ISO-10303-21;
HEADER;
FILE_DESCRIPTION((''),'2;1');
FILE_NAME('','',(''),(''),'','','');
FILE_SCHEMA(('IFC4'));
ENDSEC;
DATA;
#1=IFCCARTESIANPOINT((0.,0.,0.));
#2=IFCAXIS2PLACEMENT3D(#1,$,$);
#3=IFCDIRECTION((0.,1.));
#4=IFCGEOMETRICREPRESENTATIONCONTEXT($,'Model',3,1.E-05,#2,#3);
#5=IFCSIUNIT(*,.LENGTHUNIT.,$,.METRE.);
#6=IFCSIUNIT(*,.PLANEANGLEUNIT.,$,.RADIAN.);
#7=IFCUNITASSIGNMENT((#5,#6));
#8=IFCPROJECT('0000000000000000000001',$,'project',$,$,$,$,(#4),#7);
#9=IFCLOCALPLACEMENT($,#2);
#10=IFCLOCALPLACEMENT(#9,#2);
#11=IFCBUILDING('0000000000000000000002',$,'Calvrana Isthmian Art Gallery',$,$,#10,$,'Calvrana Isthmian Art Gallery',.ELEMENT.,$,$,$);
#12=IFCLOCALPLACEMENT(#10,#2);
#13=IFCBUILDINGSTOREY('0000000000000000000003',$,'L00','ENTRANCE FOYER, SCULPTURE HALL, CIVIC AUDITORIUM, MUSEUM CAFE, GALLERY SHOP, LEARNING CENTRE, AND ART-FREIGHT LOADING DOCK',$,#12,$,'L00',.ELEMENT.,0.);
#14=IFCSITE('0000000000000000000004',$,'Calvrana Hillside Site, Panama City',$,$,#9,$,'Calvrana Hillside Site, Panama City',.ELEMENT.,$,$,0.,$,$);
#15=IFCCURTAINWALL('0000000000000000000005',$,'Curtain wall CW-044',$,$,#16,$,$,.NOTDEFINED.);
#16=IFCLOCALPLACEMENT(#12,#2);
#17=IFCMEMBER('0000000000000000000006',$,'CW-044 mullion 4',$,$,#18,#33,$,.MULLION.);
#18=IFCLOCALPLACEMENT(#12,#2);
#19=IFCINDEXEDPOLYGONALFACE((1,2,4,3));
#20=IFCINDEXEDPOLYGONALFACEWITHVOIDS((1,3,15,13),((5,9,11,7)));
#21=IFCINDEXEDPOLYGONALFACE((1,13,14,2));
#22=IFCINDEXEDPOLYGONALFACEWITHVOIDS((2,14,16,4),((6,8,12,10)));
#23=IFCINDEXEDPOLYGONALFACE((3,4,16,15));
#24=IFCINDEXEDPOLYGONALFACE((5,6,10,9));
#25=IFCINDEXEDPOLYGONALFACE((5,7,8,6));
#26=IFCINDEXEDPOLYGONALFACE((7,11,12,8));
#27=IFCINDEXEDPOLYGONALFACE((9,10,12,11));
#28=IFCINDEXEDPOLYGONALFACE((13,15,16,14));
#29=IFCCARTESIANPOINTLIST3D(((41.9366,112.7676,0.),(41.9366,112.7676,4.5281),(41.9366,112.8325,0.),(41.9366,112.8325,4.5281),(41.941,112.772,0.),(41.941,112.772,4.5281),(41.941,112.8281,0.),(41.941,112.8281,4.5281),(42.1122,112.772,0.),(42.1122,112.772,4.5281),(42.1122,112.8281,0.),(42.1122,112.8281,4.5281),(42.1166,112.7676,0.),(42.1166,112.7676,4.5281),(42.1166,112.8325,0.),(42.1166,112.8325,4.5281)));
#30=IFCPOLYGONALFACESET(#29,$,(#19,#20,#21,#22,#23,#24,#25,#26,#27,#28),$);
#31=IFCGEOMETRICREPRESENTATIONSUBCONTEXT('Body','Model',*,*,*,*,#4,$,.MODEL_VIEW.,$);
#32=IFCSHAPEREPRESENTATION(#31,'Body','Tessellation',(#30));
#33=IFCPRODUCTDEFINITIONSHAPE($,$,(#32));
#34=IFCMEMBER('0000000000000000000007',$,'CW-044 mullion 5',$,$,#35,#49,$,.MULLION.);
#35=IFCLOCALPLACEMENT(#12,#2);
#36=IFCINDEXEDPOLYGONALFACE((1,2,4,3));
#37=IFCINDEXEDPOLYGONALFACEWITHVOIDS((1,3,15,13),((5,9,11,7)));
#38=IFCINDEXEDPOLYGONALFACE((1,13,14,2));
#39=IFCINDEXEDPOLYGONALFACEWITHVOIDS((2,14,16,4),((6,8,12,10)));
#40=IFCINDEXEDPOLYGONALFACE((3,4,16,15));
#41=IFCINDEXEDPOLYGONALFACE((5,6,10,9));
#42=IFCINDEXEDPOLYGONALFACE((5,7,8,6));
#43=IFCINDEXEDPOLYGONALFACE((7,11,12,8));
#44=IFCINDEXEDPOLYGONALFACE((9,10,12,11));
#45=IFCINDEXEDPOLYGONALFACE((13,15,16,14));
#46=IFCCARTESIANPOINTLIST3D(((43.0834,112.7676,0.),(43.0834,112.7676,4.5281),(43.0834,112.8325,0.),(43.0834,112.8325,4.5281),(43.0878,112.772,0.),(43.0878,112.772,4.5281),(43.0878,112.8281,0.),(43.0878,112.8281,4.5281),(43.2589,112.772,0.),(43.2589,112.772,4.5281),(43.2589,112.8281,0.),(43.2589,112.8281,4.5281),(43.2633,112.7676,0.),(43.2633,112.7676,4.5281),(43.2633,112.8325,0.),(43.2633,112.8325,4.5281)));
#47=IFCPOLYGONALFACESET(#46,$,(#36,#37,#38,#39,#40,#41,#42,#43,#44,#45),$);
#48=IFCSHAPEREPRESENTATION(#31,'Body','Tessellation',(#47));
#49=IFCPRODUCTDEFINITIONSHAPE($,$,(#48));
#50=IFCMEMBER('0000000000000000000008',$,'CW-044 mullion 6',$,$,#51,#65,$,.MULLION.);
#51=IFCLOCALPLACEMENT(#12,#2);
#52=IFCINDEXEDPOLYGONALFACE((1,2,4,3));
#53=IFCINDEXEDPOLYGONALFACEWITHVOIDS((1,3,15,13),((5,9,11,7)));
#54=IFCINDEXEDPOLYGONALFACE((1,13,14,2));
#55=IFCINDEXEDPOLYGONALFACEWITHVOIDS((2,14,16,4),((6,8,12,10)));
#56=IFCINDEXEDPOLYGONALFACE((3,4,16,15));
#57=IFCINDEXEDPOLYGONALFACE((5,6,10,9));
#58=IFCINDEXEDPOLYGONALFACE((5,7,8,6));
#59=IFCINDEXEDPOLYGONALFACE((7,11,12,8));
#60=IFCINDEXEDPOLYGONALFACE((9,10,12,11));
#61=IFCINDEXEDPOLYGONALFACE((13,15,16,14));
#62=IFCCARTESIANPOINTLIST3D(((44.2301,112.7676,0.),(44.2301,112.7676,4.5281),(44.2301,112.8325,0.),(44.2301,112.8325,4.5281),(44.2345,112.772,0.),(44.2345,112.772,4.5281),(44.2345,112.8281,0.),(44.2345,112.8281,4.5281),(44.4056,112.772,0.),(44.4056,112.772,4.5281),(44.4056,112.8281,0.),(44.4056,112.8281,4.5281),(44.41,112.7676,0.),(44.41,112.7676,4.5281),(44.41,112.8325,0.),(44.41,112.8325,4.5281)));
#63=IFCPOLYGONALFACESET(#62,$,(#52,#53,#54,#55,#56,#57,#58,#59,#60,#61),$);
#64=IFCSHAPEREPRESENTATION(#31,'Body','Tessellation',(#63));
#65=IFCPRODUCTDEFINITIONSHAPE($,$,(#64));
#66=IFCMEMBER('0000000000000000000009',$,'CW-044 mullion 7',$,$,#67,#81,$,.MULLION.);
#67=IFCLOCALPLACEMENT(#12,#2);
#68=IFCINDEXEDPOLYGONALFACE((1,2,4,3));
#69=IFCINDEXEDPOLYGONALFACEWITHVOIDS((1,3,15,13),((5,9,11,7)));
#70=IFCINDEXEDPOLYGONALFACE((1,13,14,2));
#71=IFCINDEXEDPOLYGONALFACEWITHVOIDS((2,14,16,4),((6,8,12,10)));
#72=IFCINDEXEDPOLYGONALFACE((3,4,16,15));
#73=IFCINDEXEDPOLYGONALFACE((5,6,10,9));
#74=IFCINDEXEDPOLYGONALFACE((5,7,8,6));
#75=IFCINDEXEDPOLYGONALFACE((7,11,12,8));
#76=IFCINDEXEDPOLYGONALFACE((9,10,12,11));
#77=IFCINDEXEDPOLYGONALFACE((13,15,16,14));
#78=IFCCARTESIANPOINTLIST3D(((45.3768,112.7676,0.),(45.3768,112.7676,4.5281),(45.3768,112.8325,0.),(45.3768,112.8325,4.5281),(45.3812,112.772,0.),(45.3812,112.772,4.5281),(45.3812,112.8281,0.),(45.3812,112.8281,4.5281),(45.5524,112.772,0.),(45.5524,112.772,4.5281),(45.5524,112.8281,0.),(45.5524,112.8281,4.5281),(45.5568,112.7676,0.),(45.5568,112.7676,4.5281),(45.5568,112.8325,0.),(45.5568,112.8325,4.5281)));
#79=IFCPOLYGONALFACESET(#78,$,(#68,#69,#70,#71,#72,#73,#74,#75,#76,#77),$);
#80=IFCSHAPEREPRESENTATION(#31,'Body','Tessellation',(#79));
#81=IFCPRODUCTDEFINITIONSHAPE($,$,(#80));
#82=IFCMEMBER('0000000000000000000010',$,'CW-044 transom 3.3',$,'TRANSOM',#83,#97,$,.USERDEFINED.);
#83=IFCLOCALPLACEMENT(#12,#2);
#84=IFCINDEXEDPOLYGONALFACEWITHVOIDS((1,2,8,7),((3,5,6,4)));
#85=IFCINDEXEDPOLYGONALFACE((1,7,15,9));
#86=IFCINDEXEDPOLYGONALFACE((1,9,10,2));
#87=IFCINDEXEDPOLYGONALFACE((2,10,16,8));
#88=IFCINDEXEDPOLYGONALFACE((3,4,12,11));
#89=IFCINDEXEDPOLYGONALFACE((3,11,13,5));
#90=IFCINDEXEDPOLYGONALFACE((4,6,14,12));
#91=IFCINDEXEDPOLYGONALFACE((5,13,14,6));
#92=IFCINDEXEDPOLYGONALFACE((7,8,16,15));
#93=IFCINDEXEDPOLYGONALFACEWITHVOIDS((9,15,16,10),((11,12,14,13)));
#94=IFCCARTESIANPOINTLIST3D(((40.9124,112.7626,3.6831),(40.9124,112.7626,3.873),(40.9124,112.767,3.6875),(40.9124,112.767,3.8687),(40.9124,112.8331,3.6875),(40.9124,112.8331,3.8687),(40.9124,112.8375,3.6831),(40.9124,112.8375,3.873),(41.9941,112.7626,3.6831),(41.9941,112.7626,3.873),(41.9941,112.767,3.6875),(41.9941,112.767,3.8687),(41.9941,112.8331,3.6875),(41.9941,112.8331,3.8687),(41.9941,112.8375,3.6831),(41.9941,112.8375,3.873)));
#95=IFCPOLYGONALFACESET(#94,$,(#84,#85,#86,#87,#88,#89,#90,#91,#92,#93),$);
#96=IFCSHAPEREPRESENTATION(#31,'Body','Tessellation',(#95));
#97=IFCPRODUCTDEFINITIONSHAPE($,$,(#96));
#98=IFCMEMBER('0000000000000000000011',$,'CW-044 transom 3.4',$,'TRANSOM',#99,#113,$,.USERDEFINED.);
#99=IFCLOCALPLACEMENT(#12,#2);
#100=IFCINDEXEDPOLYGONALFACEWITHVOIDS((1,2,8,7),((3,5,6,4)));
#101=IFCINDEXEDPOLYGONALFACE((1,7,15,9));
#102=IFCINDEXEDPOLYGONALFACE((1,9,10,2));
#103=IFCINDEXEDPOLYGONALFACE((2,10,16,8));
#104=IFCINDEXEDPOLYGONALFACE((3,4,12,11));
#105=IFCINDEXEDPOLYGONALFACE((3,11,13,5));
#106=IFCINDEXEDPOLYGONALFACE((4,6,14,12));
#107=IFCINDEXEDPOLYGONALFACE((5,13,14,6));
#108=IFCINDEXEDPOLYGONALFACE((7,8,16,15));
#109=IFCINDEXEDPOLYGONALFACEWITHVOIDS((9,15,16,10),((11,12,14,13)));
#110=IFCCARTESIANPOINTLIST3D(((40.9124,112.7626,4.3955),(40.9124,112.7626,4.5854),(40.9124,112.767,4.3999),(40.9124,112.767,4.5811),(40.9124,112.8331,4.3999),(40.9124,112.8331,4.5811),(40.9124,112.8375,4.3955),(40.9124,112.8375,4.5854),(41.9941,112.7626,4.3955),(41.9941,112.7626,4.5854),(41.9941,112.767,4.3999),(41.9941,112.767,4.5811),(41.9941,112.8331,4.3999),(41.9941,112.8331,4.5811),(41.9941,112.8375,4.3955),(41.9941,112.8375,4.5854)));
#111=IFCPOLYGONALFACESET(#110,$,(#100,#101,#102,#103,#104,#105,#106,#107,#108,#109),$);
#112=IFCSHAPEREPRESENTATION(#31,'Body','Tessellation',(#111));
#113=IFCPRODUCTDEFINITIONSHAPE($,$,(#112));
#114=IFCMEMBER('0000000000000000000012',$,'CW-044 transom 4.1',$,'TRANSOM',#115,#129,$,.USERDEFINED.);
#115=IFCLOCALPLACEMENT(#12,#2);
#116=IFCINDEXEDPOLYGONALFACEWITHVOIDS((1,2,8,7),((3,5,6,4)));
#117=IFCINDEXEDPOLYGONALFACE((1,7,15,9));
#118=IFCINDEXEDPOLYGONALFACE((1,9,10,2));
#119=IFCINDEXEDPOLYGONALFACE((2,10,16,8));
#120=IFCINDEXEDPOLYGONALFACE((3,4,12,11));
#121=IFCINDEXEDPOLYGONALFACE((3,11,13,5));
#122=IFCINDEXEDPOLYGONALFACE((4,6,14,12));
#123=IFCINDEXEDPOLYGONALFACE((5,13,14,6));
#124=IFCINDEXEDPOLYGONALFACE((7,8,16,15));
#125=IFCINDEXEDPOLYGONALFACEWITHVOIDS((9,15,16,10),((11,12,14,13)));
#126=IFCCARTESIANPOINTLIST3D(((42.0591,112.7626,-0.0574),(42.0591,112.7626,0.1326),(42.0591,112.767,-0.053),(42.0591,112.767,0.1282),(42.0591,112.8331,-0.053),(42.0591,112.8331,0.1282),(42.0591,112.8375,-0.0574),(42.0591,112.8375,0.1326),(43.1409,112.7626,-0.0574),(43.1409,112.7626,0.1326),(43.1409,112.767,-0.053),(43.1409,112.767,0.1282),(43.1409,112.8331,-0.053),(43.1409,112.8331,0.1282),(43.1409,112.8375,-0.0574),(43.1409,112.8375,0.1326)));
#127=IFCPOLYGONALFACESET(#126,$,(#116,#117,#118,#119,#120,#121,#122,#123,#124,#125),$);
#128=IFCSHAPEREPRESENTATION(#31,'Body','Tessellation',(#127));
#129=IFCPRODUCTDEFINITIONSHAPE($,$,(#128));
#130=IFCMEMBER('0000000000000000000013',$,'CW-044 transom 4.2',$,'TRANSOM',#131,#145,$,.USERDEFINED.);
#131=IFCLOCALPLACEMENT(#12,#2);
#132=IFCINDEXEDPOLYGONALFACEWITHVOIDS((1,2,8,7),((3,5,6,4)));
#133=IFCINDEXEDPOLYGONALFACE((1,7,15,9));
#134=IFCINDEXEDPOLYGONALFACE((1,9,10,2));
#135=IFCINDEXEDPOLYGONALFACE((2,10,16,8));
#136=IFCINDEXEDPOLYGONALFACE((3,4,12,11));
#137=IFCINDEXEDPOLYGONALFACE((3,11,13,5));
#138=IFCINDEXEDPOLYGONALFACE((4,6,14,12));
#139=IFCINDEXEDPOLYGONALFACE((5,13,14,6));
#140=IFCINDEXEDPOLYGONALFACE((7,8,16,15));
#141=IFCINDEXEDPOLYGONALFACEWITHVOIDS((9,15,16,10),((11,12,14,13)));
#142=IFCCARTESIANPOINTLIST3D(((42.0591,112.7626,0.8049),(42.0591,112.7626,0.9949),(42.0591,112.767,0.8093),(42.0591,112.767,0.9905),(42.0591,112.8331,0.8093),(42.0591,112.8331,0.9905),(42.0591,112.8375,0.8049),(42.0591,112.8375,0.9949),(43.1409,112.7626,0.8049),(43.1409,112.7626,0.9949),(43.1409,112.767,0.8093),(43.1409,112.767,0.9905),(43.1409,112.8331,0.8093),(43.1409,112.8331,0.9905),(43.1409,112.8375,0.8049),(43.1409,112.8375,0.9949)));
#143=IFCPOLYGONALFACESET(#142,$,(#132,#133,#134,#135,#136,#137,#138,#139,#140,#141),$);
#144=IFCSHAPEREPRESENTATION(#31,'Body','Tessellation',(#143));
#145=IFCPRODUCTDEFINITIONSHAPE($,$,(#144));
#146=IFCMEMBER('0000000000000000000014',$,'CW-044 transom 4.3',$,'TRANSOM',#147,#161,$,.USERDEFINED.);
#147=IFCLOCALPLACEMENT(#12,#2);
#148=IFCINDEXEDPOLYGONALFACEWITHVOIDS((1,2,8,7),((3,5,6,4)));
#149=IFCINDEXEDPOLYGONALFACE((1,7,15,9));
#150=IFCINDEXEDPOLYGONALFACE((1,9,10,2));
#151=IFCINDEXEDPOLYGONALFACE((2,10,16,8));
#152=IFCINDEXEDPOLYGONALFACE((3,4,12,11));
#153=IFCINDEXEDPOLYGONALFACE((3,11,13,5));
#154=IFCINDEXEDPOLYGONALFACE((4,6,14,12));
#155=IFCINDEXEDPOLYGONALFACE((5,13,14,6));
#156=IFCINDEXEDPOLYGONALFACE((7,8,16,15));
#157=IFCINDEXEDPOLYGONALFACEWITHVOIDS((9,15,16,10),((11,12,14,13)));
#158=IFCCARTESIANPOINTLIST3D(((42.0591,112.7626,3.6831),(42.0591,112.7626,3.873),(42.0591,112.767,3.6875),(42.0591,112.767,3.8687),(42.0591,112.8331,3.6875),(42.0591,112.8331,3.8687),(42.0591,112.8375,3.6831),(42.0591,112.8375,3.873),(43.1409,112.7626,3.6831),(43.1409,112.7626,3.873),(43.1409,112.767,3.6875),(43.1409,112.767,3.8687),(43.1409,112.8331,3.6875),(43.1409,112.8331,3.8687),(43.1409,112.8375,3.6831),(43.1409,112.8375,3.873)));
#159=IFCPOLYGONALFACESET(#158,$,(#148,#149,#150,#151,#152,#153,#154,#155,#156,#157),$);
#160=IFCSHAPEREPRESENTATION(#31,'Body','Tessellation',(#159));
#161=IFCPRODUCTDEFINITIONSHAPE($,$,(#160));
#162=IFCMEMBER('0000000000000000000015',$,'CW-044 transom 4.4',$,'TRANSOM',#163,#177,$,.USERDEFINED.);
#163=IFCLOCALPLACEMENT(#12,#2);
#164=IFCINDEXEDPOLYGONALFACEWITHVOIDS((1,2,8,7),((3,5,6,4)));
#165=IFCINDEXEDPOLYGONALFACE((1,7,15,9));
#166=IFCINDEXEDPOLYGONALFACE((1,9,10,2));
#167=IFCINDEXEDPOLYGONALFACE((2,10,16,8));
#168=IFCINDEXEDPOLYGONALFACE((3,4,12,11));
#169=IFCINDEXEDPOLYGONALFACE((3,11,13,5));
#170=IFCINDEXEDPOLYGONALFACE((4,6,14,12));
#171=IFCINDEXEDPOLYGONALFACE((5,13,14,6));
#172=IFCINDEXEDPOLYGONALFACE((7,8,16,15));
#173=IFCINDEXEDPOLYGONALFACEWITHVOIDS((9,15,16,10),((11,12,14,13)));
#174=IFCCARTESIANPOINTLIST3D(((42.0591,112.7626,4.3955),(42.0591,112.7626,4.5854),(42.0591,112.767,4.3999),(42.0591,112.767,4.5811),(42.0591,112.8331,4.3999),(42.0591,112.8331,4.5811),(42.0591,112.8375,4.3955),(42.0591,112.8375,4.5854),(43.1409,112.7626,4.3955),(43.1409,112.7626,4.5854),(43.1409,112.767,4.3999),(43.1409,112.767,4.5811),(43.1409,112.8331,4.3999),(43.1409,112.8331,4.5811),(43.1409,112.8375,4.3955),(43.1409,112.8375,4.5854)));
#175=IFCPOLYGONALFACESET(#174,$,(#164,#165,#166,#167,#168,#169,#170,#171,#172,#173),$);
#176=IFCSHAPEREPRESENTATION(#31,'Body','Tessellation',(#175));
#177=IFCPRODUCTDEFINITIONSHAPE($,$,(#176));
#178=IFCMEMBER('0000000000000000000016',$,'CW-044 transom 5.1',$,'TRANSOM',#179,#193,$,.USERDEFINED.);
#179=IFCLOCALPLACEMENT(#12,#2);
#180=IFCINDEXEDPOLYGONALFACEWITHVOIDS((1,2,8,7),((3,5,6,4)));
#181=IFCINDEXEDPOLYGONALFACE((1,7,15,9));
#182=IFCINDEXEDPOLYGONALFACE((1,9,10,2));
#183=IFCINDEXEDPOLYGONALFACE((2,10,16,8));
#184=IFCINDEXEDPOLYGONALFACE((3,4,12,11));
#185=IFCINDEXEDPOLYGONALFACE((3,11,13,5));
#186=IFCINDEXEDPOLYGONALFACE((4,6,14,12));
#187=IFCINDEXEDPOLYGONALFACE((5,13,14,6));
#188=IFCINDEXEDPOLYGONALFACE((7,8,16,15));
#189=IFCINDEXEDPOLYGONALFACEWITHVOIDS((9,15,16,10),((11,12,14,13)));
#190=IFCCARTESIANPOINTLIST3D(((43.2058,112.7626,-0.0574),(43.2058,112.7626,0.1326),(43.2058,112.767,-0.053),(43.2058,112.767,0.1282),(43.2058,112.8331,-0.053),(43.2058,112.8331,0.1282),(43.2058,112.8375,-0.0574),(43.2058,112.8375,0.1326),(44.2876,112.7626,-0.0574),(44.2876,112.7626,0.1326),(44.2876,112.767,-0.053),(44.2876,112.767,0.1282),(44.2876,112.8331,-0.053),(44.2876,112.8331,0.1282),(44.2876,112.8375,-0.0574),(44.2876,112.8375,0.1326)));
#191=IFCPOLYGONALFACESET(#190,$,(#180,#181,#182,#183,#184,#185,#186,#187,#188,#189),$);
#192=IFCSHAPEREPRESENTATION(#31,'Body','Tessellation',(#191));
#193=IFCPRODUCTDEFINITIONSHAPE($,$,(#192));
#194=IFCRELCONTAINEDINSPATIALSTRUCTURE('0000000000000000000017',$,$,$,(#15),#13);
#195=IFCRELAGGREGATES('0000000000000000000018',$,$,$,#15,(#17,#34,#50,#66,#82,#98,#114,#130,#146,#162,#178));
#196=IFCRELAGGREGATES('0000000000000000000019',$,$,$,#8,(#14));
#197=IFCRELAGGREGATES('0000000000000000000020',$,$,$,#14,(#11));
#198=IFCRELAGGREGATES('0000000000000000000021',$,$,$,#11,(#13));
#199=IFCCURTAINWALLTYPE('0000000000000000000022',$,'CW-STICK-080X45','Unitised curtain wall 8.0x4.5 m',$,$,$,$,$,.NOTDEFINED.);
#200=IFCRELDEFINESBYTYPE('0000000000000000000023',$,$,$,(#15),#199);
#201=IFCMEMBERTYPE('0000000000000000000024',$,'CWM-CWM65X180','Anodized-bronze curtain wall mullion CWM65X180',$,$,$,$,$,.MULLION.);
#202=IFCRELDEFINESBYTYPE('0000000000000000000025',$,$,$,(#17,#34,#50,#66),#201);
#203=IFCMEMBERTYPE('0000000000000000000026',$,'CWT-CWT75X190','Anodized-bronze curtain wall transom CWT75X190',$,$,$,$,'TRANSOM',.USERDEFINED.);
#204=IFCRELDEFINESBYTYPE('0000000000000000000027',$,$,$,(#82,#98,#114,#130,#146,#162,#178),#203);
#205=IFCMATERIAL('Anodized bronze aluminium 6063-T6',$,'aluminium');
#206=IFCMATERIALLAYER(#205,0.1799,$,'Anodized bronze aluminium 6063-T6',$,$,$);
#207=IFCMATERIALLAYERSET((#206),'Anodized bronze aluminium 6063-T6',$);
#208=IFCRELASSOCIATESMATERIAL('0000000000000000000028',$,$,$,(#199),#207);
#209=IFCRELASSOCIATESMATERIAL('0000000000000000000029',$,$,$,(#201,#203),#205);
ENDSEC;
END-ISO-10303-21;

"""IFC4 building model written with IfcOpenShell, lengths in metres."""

from ifc_helpers import new_model, si_unit, direction, frame, origin, origin_2d, place, context, subcontext, project, spatial, hollow_rectangle, extrude, material, layer, layer_set, material_profile, profile_set, type_object, element, aggregate, save


model = new_model("IFC4")

# Units and contexts
model_context = context("Model", 3, precision=1e-05, world=origin(), true_north=direction((0.0, 1.0)))
body_context = subcontext(model_context, "Body", "Model", "MODEL_VIEW")
ifc_project = project(units=[si_unit("LENGTHUNIT", "METRE"), si_unit("PLANEANGLEUNIT", "RADIAN")], contexts=[model_context])

# Site, building, storey
site_placement = place(None, origin())
site = spatial("IfcSite", under=ifc_project, at=site_placement, Name="Calvrana Hillside Site, Panama City", LongName="Calvrana Hillside Site, Panama City", CompositionType="ELEMENT", RefElevation=0.0)
building_placement = place(site_placement, origin())
building = spatial("IfcBuilding", under=site, at=building_placement, Name="Calvrana Isthmian Art Gallery", LongName="Calvrana Isthmian Art Gallery", CompositionType="ELEMENT")
storey_placement = place(building_placement, origin())
storey = spatial("IfcBuildingStorey", under=building, at=storey_placement, Name="L00", Description="ENTRANCE FOYER, SCULPTURE HALL, CIVIC AUDITORIUM, MUSEUM CAFE, GALLERY SHOP, LEARNING CENTRE, AND ART-FREIGHT LOADING DOCK", LongName="L00", CompositionType="ELEMENT", Elevation=0.0)

# Curtain wall, members
ifc_material_1 = material(Name="Anodized bronze aluminium 6063-T6", Category="aluminium")
ifc_layer_1 = layer(ifc_material_1, 0.1799, Name="Anodized bronze aluminium 6063-T6")
ifc_layer_set_1 = layer_set([ifc_layer_1], Name="Anodized bronze aluminium 6063-T6")
curtain_wall_type = type_object("IfcCurtainWallType", Name="CW-STICK-080X45", Description="Unitised curtain wall 8.0x4.5 m", PredefinedType="NOTDEFINED", material=ifc_layer_set_1)
curtain_wall_placement = place(storey_placement, origin())
curtain_wall = element("IfcCurtainWall", 1, at=curtain_wall_placement, inside=storey, type_object=curtain_wall_type, Name="Curtain wall CW-044", PredefinedType="NOTDEFINED")
ifc_material_profile_1 = material_profile(ifc_material_1, hollow_rectangle(XDim=0.0649, YDim=0.1799, WallThickness=0.0044, at=origin_2d()), Name="CWM65X180")
ifc_profile_set_1 = profile_set([ifc_material_profile_1], Name="Anodized bronze aluminium 6063-T6")
member_type_1 = type_object("IfcMemberType", Name="CWM-CWM65X180", Description="Anodized-bronze curtain wall mullion CWM65X180", PredefinedType="MULLION", material=ifc_profile_set_1)
member_1_placement = place(storey_placement, frame((42.0266, 112.8, 0.0), z_axis=(0.0, 0.0, 1.0), x_axis=(0.0, 1.0, 0.0)))
member_1 = element("IfcMember", 2, at=member_1_placement, type_object=member_type_1, Name="CW-044 mullion 4", PredefinedType="MULLION", context=body_context, shape_type="SweptSolid", body=[
    extrude(hollow_rectangle(XDim=0.0649, YDim=0.1799, WallThickness=0.0044, at=origin_2d()), origin(), (0.0, 0.0, 1.0), 4.5281),
])
member_2_placement = place(storey_placement, frame((43.1733, 112.8, 0.0), z_axis=(0.0, 0.0, 1.0), x_axis=(0.0, 1.0, 0.0)))
member_2 = element("IfcMember", 3, at=member_2_placement, type_object=member_type_1, Name="CW-044 mullion 5", PredefinedType="MULLION", context=body_context, shape_type="SweptSolid", body=[
    extrude(hollow_rectangle(XDim=0.0649, YDim=0.1799, WallThickness=0.0044, at=origin_2d()), origin(), (0.0, 0.0, 1.0), 4.5281),
])
member_3_placement = place(storey_placement, frame((44.3201, 112.8, 0.0), z_axis=(0.0, 0.0, 1.0), x_axis=(0.0, 1.0, 0.0)))
member_3 = element("IfcMember", 4, at=member_3_placement, type_object=member_type_1, Name="CW-044 mullion 6", PredefinedType="MULLION", context=body_context, shape_type="SweptSolid", body=[
    extrude(hollow_rectangle(XDim=0.0649, YDim=0.1799, WallThickness=0.0044, at=origin_2d()), origin(), (0.0, 0.0, 1.0), 4.5281),
])
member_4_placement = place(storey_placement, frame((45.4668, 112.8, 0.0), z_axis=(0.0, 0.0, 1.0), x_axis=(0.0, 1.0, 0.0)))
member_4 = element("IfcMember", 5, at=member_4_placement, type_object=member_type_1, Name="CW-044 mullion 7", PredefinedType="MULLION", context=body_context, shape_type="SweptSolid", body=[
    extrude(hollow_rectangle(XDim=0.0649, YDim=0.1799, WallThickness=0.0044, at=origin_2d()), origin(), (0.0, 0.0, 1.0), 4.5281),
])
ifc_material_profile_2 = material_profile(ifc_material_1, hollow_rectangle(XDim=0.075, YDim=0.1899, WallThickness=0.0044, at=origin_2d()), Name="CWT75X190")
ifc_profile_set_2 = profile_set([ifc_material_profile_2], Name="Anodized bronze aluminium 6063-T6")
member_type_2 = type_object("IfcMemberType", Name="CWT-CWT75X190", Description="Anodized-bronze curtain wall transom CWT75X190", ElementType="TRANSOM", PredefinedType="USERDEFINED", material=ifc_profile_set_2)
member_5_placement = place(storey_placement, frame((40.9124, 112.8, 3.7781), z_axis=(1.0, 0.0, 0.0), x_axis=(0.0, 1.0, 0.0)))
member_5 = element("IfcMember", 6, at=member_5_placement, type_object=member_type_2, Name="CW-044 transom 3.3", ObjectType="TRANSOM", PredefinedType="USERDEFINED", context=body_context, shape_type="SweptSolid", body=[
    extrude(hollow_rectangle(XDim=0.075, YDim=0.1899, WallThickness=0.0044, at=origin_2d()), origin(), (0.0, 0.0, 1.0), 1.0818),
])
member_6_placement = place(storey_placement, frame((40.9124, 112.8, 4.4905), z_axis=(1.0, 0.0, 0.0), x_axis=(0.0, 1.0, 0.0)))
member_6 = element("IfcMember", 7, at=member_6_placement, type_object=member_type_2, Name="CW-044 transom 3.4", ObjectType="TRANSOM", PredefinedType="USERDEFINED", context=body_context, shape_type="SweptSolid", body=[
    extrude(hollow_rectangle(XDim=0.075, YDim=0.1899, WallThickness=0.0044, at=origin_2d()), origin(), (0.0, 0.0, 1.0), 1.0818),
])
member_7_placement = place(storey_placement, frame((42.0591, 112.8, 0.0376), z_axis=(1.0, 0.0, 0.0), x_axis=(0.0, 1.0, 0.0)))
member_7 = element("IfcMember", 8, at=member_7_placement, type_object=member_type_2, Name="CW-044 transom 4.1", ObjectType="TRANSOM", PredefinedType="USERDEFINED", context=body_context, shape_type="SweptSolid", body=[
    extrude(hollow_rectangle(XDim=0.075, YDim=0.1899, WallThickness=0.0044, at=origin_2d()), origin(), (0.0, 0.0, 1.0), 1.0818),
])
member_8_placement = place(storey_placement, frame((42.0591, 112.8, 0.8999), z_axis=(1.0, 0.0, 0.0), x_axis=(0.0, 1.0, 0.0)))
member_8 = element("IfcMember", 9, at=member_8_placement, type_object=member_type_2, Name="CW-044 transom 4.2", ObjectType="TRANSOM", PredefinedType="USERDEFINED", context=body_context, shape_type="SweptSolid", body=[
    extrude(hollow_rectangle(XDim=0.075, YDim=0.1899, WallThickness=0.0044, at=origin_2d()), origin(), (0.0, 0.0, 1.0), 1.0818),
])
member_9_placement = place(storey_placement, frame((42.0591, 112.8, 3.7781), z_axis=(1.0, 0.0, 0.0), x_axis=(0.0, 1.0, 0.0)))
member_9 = element("IfcMember", 10, at=member_9_placement, type_object=member_type_2, Name="CW-044 transom 4.3", ObjectType="TRANSOM", PredefinedType="USERDEFINED", context=body_context, shape_type="SweptSolid", body=[
    extrude(hollow_rectangle(XDim=0.075, YDim=0.1899, WallThickness=0.0044, at=origin_2d()), origin(), (0.0, 0.0, 1.0), 1.0818),
])
member_10_placement = place(storey_placement, frame((42.0591, 112.8, 4.4905), z_axis=(1.0, 0.0, 0.0), x_axis=(0.0, 1.0, 0.0)))
member_10 = element("IfcMember", 11, at=member_10_placement, type_object=member_type_2, Name="CW-044 transom 4.4", ObjectType="TRANSOM", PredefinedType="USERDEFINED", context=body_context, shape_type="SweptSolid", body=[
    extrude(hollow_rectangle(XDim=0.075, YDim=0.1899, WallThickness=0.0044, at=origin_2d()), origin(), (0.0, 0.0, 1.0), 1.0818),
])
member_11_placement = place(storey_placement, frame((43.2058, 112.8, 0.0376), z_axis=(1.0, 0.0, 0.0), x_axis=(0.0, 1.0, 0.0)))
member_11 = element("IfcMember", 12, at=member_11_placement, type_object=member_type_2, Name="CW-044 transom 5.1", ObjectType="TRANSOM", PredefinedType="USERDEFINED", context=body_context, shape_type="SweptSolid", body=[
    extrude(hollow_rectangle(XDim=0.075, YDim=0.1899, WallThickness=0.0044, at=origin_2d()), origin(), (0.0, 0.0, 1.0), 1.0818),
])
aggregate(curtain_wall, [member_1, member_2, member_3, member_4, member_5, member_6, member_7, member_8, member_9, member_10, member_11])

save(model, "model.ifc")
